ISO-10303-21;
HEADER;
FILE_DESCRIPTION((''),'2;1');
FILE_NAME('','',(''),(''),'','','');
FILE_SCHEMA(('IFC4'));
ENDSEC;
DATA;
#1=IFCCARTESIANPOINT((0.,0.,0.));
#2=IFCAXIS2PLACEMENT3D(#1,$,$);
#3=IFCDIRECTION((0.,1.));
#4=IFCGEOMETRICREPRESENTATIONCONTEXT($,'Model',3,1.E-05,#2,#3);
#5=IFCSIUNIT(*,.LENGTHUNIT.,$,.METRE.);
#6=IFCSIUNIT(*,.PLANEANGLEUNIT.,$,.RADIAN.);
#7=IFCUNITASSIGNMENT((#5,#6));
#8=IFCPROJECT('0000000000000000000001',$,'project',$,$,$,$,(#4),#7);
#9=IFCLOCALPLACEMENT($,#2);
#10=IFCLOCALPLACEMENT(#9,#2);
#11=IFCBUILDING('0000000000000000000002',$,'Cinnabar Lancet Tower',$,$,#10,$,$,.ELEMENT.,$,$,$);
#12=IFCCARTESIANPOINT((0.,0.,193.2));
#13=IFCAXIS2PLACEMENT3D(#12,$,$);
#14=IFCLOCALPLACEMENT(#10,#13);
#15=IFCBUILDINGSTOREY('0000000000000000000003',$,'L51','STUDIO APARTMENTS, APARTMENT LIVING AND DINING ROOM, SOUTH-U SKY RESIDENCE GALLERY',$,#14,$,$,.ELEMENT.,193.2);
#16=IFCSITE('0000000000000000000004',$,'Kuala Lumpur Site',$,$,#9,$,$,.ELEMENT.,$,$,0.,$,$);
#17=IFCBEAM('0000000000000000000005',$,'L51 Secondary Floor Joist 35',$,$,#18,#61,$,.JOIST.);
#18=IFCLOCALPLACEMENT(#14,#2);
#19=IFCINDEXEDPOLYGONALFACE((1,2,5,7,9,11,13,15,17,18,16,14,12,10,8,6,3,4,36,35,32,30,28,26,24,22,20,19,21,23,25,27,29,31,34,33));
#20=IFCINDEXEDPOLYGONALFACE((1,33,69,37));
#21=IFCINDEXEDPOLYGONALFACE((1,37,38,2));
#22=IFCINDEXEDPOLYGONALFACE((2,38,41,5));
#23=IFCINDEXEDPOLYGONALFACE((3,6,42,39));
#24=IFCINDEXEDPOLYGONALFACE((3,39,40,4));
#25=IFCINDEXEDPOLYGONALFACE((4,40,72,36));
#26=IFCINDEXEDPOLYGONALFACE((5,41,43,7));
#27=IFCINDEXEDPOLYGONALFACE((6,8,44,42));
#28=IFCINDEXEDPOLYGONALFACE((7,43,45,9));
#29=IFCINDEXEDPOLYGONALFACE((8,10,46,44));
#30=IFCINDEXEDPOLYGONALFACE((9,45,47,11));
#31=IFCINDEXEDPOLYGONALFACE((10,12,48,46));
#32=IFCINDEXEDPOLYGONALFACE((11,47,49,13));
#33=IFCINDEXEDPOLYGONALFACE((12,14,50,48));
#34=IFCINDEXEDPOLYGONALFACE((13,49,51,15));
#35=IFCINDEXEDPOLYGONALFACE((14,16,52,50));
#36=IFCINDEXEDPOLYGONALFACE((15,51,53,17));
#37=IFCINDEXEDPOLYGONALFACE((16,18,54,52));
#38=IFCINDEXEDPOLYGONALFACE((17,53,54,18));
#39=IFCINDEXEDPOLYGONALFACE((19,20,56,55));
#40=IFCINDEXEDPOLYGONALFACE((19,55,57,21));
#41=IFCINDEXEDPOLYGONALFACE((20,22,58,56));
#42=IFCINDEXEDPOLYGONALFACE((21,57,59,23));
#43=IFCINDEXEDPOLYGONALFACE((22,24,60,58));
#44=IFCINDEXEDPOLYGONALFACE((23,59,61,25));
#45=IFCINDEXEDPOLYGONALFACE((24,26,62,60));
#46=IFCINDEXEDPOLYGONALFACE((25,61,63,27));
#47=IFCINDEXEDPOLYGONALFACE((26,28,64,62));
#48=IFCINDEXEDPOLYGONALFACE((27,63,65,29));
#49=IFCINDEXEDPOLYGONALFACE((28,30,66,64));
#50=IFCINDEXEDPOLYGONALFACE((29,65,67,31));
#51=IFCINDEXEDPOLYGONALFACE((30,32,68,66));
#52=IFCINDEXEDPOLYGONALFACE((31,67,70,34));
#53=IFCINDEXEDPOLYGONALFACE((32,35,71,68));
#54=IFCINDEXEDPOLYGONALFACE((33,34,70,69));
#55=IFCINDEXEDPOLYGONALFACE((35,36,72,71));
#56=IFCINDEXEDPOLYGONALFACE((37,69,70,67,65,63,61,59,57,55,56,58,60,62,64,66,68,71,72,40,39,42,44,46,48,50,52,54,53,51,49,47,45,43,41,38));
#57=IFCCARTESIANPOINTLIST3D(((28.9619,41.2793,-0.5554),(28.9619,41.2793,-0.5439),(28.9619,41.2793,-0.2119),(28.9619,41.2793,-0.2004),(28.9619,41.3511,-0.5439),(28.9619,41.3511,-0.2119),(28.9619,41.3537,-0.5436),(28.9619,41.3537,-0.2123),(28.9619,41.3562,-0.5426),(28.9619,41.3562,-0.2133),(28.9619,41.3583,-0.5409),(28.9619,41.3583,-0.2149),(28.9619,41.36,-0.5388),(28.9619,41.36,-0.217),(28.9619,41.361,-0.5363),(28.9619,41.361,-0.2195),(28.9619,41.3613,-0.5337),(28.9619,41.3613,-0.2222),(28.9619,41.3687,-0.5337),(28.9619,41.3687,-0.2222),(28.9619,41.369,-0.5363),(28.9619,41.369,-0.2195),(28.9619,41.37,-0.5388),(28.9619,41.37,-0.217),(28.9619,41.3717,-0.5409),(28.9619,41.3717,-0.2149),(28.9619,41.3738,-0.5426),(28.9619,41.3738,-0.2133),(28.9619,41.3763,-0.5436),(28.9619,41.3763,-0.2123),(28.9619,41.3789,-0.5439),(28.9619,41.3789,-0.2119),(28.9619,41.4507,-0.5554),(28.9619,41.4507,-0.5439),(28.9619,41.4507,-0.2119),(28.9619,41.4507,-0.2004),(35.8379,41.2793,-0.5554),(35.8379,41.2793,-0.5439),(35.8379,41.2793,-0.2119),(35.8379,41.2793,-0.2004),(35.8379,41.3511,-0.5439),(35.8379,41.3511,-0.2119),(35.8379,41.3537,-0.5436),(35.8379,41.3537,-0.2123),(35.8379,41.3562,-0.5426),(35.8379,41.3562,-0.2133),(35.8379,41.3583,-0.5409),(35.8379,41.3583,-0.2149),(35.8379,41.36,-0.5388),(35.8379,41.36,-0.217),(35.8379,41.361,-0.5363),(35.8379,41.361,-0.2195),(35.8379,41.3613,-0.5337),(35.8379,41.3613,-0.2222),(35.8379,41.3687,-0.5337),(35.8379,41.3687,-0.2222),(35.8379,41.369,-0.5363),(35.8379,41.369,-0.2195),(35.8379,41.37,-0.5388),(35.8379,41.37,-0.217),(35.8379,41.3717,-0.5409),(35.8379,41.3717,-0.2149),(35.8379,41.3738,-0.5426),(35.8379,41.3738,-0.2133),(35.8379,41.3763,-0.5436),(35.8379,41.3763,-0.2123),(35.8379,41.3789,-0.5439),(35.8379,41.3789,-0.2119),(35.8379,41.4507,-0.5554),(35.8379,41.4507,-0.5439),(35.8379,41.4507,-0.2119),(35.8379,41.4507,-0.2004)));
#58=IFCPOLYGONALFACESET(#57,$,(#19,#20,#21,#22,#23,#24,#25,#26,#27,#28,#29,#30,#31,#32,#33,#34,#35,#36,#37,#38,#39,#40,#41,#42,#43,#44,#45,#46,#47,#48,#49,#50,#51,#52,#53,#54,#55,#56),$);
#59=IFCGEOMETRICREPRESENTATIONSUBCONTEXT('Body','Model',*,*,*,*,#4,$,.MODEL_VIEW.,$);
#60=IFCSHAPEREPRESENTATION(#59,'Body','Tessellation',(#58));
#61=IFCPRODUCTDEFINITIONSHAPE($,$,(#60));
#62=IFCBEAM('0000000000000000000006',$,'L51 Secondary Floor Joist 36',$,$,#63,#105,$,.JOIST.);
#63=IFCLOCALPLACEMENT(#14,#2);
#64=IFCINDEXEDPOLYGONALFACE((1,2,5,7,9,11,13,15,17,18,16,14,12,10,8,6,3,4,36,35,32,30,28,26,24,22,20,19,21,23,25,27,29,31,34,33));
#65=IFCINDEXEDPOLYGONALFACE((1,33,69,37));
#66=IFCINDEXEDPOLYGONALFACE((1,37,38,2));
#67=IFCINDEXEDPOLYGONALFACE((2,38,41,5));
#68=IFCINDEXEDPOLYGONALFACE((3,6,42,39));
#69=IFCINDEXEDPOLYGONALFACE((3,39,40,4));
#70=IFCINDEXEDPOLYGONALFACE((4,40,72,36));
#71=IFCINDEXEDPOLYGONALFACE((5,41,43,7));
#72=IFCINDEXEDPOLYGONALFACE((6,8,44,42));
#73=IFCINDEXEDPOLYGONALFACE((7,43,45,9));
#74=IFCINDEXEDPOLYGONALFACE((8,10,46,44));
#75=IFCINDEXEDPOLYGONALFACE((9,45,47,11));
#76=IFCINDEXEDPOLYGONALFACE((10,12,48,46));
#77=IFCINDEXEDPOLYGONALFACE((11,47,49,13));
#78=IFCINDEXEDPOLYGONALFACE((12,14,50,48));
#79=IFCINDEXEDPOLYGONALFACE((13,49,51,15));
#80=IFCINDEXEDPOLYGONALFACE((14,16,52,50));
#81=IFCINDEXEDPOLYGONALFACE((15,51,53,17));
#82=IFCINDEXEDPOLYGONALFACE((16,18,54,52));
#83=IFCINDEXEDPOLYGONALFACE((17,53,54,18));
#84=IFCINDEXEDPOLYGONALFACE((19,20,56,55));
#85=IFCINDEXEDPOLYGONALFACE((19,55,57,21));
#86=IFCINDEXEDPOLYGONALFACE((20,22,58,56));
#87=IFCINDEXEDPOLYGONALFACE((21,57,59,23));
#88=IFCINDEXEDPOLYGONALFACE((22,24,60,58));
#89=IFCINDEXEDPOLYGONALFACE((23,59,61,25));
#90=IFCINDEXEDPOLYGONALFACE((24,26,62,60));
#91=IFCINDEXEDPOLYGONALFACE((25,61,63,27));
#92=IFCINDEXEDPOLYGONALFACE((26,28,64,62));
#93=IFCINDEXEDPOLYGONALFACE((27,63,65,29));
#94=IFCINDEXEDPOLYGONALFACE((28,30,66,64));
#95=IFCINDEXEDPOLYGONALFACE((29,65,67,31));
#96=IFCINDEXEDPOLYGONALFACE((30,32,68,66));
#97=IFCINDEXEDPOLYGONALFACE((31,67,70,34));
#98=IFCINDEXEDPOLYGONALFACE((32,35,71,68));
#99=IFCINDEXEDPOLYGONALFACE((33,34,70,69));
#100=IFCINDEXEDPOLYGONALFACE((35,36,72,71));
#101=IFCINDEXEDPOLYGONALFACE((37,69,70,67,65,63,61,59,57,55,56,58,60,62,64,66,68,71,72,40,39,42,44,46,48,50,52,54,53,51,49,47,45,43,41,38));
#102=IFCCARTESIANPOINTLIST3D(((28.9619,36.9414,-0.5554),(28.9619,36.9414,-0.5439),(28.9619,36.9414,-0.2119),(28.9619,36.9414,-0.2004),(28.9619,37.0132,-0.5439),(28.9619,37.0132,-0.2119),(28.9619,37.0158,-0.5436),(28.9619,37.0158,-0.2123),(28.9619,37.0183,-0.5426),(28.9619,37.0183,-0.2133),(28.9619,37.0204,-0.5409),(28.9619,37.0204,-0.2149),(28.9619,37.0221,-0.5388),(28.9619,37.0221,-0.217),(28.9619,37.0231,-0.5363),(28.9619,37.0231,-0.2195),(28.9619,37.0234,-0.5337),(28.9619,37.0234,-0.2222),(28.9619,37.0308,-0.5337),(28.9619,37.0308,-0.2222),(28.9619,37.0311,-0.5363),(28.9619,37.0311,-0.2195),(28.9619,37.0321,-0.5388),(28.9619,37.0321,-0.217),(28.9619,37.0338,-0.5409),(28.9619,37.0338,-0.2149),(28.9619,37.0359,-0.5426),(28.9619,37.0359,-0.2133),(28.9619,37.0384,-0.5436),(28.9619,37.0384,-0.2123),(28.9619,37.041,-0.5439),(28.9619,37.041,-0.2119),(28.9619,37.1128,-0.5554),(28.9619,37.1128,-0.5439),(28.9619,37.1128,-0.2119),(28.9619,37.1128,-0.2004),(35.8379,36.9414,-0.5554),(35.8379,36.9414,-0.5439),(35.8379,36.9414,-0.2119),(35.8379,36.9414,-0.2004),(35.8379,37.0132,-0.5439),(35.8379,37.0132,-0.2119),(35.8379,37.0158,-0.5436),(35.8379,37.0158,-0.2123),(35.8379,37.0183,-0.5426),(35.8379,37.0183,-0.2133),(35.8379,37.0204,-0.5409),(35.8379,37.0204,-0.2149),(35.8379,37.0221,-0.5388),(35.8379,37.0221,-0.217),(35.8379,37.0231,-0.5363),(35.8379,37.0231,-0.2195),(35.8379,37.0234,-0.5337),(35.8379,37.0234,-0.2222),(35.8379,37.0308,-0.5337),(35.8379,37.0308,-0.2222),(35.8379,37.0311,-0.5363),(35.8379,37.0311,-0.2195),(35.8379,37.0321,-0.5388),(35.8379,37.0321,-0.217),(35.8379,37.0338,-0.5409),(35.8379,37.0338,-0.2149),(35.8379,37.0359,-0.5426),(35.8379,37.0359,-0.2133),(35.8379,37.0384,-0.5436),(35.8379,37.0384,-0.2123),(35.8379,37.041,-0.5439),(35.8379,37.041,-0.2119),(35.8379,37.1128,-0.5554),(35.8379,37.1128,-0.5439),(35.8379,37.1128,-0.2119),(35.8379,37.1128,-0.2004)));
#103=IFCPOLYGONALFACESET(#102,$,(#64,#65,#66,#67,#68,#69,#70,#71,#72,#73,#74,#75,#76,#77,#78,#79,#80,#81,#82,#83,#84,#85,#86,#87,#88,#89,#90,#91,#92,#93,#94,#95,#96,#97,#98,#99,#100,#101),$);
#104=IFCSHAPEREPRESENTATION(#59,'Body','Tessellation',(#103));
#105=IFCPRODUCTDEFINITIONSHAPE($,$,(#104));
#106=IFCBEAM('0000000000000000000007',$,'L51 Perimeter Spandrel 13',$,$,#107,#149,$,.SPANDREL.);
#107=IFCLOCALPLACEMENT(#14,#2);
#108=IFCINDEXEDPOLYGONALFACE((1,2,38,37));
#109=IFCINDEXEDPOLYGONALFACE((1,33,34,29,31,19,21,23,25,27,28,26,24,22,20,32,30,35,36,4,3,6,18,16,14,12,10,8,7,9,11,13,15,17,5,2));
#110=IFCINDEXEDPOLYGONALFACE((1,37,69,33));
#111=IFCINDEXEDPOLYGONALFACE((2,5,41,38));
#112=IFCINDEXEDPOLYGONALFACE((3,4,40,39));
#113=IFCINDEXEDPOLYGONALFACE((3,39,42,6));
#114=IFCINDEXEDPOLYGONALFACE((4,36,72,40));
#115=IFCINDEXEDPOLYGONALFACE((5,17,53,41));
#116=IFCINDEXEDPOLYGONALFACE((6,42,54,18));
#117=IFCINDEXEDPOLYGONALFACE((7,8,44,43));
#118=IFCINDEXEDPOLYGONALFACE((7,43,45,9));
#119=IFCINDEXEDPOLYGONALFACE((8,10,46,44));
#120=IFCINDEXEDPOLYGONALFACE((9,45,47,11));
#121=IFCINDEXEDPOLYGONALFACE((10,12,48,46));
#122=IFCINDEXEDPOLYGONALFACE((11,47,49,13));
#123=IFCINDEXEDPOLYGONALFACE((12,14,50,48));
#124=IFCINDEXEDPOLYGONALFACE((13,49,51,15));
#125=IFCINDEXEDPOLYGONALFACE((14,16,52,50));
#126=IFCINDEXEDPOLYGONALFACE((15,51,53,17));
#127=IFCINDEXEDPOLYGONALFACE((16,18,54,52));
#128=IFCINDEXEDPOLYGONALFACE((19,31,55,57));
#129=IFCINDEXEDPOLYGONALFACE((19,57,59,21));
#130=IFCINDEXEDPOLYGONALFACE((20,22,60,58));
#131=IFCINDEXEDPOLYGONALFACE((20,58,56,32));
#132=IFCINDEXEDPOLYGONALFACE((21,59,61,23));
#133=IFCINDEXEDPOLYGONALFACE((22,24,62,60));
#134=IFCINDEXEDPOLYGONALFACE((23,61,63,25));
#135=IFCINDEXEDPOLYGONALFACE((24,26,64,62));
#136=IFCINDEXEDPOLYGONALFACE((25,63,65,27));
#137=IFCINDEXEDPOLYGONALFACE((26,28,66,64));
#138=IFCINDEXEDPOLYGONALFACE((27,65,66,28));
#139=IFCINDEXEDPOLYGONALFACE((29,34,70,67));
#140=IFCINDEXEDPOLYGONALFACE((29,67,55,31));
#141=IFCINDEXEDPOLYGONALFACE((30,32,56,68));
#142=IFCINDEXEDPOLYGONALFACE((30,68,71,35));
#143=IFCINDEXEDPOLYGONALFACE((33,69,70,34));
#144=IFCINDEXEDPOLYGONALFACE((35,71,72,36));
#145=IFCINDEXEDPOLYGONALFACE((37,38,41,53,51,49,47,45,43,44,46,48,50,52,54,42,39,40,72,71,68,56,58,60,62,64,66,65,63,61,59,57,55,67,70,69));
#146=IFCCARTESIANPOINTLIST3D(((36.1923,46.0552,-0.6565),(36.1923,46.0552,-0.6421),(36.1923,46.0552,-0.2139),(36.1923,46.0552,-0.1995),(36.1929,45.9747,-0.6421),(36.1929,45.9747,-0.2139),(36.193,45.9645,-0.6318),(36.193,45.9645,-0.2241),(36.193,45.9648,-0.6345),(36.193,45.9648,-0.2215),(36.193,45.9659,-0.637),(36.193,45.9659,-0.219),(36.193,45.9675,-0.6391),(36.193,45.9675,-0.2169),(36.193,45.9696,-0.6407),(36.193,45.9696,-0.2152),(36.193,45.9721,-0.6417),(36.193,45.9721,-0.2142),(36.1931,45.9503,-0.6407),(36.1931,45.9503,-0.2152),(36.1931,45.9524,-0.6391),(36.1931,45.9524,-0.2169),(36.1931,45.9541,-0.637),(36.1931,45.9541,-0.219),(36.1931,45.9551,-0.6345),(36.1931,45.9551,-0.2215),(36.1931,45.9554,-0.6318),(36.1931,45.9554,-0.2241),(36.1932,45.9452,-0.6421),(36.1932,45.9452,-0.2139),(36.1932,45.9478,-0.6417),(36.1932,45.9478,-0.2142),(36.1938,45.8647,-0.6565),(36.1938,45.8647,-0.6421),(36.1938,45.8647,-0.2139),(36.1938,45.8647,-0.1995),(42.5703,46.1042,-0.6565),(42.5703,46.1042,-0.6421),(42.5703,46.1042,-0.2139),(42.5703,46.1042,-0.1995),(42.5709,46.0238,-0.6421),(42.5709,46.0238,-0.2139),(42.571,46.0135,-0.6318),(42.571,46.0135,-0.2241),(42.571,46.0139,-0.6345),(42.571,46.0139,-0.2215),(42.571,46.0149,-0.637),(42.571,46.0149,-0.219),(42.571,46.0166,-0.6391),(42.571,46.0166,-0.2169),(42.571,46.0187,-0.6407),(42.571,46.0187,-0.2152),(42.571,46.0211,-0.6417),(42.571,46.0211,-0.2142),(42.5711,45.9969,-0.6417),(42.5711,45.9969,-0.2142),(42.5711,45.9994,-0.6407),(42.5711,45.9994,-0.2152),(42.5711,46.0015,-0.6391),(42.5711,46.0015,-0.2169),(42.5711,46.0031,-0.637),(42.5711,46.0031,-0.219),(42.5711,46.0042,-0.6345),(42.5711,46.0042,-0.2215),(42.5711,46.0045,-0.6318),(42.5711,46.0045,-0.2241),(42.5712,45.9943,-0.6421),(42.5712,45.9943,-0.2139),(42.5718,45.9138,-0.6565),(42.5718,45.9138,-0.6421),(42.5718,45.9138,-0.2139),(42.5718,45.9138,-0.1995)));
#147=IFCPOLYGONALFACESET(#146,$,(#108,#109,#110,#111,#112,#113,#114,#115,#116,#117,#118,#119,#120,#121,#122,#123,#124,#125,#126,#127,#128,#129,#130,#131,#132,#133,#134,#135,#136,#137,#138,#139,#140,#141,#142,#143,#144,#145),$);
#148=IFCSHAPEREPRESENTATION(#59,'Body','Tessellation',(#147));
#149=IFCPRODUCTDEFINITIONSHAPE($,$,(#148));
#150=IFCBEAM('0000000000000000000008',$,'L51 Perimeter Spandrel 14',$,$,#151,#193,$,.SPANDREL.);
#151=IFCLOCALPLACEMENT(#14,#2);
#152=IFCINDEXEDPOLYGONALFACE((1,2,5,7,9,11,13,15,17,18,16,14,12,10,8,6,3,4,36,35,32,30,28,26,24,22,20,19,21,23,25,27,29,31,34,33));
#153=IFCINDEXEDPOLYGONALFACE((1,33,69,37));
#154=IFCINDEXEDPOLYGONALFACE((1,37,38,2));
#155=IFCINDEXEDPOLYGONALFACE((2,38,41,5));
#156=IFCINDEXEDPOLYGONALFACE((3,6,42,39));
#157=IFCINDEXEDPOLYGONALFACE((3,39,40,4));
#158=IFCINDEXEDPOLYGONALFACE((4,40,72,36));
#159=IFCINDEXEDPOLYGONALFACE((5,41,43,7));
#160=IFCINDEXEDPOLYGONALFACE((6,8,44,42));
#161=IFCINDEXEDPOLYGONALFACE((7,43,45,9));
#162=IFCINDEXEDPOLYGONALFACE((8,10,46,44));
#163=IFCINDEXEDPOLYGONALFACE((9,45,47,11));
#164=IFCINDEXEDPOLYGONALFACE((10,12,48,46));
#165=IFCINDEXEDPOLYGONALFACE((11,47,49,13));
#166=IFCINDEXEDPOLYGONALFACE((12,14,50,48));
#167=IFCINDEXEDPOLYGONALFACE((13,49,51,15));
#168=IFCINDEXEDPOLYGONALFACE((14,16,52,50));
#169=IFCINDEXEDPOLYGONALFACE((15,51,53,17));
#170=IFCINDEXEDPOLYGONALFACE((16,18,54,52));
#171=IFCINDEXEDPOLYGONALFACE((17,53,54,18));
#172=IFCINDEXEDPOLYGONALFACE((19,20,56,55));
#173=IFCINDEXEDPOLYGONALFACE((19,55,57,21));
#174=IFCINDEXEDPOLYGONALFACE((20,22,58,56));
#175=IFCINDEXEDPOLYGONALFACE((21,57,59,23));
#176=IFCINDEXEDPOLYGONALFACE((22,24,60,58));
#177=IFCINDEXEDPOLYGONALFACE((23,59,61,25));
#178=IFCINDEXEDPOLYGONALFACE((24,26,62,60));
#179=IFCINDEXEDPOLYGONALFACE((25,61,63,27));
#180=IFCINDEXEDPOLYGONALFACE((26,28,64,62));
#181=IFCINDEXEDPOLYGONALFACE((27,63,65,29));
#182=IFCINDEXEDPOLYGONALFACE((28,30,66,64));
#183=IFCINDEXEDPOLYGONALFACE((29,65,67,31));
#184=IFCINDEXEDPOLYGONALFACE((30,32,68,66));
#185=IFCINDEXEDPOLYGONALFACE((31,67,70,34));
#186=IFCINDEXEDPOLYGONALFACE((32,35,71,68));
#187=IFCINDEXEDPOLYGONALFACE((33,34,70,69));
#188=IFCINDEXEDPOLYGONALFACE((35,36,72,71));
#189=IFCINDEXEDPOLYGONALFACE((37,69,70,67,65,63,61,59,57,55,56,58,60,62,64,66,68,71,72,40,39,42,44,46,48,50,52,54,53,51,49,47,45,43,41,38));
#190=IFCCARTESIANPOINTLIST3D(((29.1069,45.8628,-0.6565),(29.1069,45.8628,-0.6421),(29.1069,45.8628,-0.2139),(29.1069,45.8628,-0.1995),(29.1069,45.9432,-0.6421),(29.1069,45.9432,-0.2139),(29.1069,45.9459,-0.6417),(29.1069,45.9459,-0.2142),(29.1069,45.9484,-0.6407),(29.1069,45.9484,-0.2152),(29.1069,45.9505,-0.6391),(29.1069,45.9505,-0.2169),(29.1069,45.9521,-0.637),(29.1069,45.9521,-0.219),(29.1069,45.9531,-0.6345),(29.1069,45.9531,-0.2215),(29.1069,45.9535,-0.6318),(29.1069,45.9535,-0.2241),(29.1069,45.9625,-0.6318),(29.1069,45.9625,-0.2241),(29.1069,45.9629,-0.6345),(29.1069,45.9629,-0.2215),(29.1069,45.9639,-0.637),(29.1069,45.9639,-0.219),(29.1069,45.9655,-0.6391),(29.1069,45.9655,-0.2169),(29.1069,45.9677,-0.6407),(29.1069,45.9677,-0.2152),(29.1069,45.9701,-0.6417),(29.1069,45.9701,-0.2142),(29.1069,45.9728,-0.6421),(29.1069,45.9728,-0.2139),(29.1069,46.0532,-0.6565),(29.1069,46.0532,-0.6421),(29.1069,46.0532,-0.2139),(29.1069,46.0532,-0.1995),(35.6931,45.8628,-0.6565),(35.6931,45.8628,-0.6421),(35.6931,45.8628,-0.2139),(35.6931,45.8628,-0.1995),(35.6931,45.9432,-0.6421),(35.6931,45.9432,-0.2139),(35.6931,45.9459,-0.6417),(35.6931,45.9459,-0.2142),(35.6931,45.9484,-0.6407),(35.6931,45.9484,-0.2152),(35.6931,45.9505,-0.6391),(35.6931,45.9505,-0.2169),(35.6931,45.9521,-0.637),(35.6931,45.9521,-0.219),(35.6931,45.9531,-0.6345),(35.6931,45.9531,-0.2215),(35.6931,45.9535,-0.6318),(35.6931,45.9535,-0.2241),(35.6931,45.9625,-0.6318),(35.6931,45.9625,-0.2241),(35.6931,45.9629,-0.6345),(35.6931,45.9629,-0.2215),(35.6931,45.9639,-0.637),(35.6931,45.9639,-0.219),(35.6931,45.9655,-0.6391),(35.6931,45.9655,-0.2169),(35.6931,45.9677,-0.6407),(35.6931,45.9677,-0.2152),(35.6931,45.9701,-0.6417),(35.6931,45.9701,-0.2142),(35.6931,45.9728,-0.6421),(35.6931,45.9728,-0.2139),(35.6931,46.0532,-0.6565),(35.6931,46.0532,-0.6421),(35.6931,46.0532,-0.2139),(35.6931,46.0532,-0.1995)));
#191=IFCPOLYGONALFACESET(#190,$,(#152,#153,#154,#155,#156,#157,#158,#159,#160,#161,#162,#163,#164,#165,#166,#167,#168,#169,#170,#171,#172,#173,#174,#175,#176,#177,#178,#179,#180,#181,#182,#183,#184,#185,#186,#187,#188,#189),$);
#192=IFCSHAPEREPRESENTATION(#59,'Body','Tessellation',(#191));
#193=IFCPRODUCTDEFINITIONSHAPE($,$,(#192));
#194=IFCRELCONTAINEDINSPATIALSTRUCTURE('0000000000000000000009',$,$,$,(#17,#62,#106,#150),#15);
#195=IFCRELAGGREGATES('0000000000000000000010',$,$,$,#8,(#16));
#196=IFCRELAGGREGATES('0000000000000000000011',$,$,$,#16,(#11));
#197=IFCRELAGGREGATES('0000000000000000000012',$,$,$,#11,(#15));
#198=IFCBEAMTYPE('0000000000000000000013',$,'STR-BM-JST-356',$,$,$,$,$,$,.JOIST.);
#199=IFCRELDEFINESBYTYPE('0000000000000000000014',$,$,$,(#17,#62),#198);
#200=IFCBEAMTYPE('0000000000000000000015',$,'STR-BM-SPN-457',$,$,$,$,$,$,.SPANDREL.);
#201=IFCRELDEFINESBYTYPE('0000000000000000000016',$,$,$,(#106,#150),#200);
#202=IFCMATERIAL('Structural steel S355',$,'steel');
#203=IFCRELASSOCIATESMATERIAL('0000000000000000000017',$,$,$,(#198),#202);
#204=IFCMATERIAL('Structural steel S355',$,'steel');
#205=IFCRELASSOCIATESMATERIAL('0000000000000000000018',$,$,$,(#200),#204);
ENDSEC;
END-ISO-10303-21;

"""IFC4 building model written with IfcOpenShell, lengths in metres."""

from ifc_helpers import new_model, si_unit, direction, frame, origin, origin_2d, place, context, subcontext, project, spatial, i_section, extrude, material, material_profile, profile_set, type_object, element, save


model = new_model("IFC4")

# Units and contexts
model_context = context("Model", 3, precision=1e-05, world=origin(), true_north=direction((0.0, 1.0)))
body_context = subcontext(model_context, "Body", "Model", "MODEL_VIEW")
ifc_project = project(units=[si_unit("LENGTHUNIT", "METRE"), si_unit("PLANEANGLEUNIT", "RADIAN")], contexts=[model_context])

# Site, building, storey
site_placement = place(None, origin())
site = spatial("IfcSite", under=ifc_project, at=site_placement, Name="Kuala Lumpur Site", CompositionType="ELEMENT", RefElevation=0.0)
building_placement = place(site_placement, origin())
building = spatial("IfcBuilding", under=site, at=building_placement, Name="Cinnabar Lancet Tower", CompositionType="ELEMENT")
storey_placement = place(building_placement, frame((0.0, 0.0, 193.2)))
storey = spatial("IfcBuildingStorey", under=building, at=storey_placement, Name="L51", Description="STUDIO APARTMENTS, APARTMENT LIVING AND DINING ROOM, SOUTH-U SKY RESIDENCE GALLERY", CompositionType="ELEMENT", Elevation=193.2)

# Beams
ifc_material_1 = material(Name="Structural steel S355", Category="steel")
ifc_material_profile_1 = material_profile(ifc_material_1, i_section(OverallWidth=0.1714, OverallDepth=0.355, WebThickness=0.0073, FlangeThickness=0.0115, FilletRadius=0.0103, at=origin_2d()), Name="UKB 356x171x51")
ifc_profile_set_1 = profile_set([ifc_material_profile_1], Name="Structural steel S355")
beam_type_1 = type_object("IfcBeamType", Name="STR-BM-JST-356", PredefinedType="JOIST", material=ifc_profile_set_1)
for number, where, z_axis, x_axis, name in (
    (1, (35.8379, 41.365, -0.3779), (-1.0, 0.0, 0.0), (0.0, -1.0, 0.0), "L51 Secondary Floor Joist 35"),
    (2, (35.8379, 37.0271, -0.3779), (-1.0, 0.0, 0.0), (0.0, -1.0, 0.0), "L51 Secondary Floor Joist 36"),
):
    element("IfcBeam", number, at=place(storey_placement, frame(where, z_axis=z_axis, x_axis=x_axis)), inside=storey, type_object=beam_type_1, Name=name, PredefinedType="JOIST", context=body_context, shape_type="SweptSolid", body=[
        extrude(i_section(OverallWidth=0.1714, OverallDepth=0.355, WebThickness=0.0073, FlangeThickness=0.0115, FilletRadius=0.0103, at=origin_2d()), origin(), (0.0, 0.0, 1.0), 6.876),
    ])
ifc_material_2 = material(Name="Structural steel S355", Category="steel")
ifc_material_profile_2 = material_profile(ifc_material_2, i_section(OverallWidth=0.1904, OverallDepth=0.457, WebThickness=0.009, FlangeThickness=0.0144, FilletRadius=0.0103, at=origin_2d()), Name="UKB 457x191x74")
ifc_profile_set_2 = profile_set([ifc_material_profile_2], Name="Structural steel S355")
beam_type_2 = type_object("IfcBeamType", Name="STR-BM-SPN-457", PredefinedType="SPANDREL", material=ifc_profile_set_2)
beam_1_placement = place(storey_placement, frame((42.571, 46.009, -0.428), z_axis=(-0.99997, -0.007694, 0.0), x_axis=(0.007694, -0.99997, 0.0)))
element("IfcBeam", 3, at=beam_1_placement, inside=storey, type_object=beam_type_2, Name="L51 Perimeter Spandrel 13", PredefinedType="SPANDREL", context=body_context, shape_type="SweptSolid", body=[
    extrude(i_section(OverallWidth=0.1904, OverallDepth=0.457, WebThickness=0.009, FlangeThickness=0.0144, FilletRadius=0.0103, at=origin_2d()), origin(), (0.0, 0.0, 1.0), 6.3782),
])
beam_2_placement = place(storey_placement, frame((35.6931, 45.958, -0.428), z_axis=(-1.0, 0.0, 0.0), x_axis=(0.0, -1.0, 0.0)))
element("IfcBeam", 4, at=beam_2_placement, inside=storey, type_object=beam_type_2, Name="L51 Perimeter Spandrel 14", PredefinedType="SPANDREL", context=body_context, shape_type="SweptSolid", body=[
    extrude(i_section(OverallWidth=0.1904, OverallDepth=0.457, WebThickness=0.009, FlangeThickness=0.0144, FilletRadius=0.0103, at=origin_2d()), origin(), (0.0, 0.0, 1.0), 6.5862),
])

save(model, "model.ifc")
